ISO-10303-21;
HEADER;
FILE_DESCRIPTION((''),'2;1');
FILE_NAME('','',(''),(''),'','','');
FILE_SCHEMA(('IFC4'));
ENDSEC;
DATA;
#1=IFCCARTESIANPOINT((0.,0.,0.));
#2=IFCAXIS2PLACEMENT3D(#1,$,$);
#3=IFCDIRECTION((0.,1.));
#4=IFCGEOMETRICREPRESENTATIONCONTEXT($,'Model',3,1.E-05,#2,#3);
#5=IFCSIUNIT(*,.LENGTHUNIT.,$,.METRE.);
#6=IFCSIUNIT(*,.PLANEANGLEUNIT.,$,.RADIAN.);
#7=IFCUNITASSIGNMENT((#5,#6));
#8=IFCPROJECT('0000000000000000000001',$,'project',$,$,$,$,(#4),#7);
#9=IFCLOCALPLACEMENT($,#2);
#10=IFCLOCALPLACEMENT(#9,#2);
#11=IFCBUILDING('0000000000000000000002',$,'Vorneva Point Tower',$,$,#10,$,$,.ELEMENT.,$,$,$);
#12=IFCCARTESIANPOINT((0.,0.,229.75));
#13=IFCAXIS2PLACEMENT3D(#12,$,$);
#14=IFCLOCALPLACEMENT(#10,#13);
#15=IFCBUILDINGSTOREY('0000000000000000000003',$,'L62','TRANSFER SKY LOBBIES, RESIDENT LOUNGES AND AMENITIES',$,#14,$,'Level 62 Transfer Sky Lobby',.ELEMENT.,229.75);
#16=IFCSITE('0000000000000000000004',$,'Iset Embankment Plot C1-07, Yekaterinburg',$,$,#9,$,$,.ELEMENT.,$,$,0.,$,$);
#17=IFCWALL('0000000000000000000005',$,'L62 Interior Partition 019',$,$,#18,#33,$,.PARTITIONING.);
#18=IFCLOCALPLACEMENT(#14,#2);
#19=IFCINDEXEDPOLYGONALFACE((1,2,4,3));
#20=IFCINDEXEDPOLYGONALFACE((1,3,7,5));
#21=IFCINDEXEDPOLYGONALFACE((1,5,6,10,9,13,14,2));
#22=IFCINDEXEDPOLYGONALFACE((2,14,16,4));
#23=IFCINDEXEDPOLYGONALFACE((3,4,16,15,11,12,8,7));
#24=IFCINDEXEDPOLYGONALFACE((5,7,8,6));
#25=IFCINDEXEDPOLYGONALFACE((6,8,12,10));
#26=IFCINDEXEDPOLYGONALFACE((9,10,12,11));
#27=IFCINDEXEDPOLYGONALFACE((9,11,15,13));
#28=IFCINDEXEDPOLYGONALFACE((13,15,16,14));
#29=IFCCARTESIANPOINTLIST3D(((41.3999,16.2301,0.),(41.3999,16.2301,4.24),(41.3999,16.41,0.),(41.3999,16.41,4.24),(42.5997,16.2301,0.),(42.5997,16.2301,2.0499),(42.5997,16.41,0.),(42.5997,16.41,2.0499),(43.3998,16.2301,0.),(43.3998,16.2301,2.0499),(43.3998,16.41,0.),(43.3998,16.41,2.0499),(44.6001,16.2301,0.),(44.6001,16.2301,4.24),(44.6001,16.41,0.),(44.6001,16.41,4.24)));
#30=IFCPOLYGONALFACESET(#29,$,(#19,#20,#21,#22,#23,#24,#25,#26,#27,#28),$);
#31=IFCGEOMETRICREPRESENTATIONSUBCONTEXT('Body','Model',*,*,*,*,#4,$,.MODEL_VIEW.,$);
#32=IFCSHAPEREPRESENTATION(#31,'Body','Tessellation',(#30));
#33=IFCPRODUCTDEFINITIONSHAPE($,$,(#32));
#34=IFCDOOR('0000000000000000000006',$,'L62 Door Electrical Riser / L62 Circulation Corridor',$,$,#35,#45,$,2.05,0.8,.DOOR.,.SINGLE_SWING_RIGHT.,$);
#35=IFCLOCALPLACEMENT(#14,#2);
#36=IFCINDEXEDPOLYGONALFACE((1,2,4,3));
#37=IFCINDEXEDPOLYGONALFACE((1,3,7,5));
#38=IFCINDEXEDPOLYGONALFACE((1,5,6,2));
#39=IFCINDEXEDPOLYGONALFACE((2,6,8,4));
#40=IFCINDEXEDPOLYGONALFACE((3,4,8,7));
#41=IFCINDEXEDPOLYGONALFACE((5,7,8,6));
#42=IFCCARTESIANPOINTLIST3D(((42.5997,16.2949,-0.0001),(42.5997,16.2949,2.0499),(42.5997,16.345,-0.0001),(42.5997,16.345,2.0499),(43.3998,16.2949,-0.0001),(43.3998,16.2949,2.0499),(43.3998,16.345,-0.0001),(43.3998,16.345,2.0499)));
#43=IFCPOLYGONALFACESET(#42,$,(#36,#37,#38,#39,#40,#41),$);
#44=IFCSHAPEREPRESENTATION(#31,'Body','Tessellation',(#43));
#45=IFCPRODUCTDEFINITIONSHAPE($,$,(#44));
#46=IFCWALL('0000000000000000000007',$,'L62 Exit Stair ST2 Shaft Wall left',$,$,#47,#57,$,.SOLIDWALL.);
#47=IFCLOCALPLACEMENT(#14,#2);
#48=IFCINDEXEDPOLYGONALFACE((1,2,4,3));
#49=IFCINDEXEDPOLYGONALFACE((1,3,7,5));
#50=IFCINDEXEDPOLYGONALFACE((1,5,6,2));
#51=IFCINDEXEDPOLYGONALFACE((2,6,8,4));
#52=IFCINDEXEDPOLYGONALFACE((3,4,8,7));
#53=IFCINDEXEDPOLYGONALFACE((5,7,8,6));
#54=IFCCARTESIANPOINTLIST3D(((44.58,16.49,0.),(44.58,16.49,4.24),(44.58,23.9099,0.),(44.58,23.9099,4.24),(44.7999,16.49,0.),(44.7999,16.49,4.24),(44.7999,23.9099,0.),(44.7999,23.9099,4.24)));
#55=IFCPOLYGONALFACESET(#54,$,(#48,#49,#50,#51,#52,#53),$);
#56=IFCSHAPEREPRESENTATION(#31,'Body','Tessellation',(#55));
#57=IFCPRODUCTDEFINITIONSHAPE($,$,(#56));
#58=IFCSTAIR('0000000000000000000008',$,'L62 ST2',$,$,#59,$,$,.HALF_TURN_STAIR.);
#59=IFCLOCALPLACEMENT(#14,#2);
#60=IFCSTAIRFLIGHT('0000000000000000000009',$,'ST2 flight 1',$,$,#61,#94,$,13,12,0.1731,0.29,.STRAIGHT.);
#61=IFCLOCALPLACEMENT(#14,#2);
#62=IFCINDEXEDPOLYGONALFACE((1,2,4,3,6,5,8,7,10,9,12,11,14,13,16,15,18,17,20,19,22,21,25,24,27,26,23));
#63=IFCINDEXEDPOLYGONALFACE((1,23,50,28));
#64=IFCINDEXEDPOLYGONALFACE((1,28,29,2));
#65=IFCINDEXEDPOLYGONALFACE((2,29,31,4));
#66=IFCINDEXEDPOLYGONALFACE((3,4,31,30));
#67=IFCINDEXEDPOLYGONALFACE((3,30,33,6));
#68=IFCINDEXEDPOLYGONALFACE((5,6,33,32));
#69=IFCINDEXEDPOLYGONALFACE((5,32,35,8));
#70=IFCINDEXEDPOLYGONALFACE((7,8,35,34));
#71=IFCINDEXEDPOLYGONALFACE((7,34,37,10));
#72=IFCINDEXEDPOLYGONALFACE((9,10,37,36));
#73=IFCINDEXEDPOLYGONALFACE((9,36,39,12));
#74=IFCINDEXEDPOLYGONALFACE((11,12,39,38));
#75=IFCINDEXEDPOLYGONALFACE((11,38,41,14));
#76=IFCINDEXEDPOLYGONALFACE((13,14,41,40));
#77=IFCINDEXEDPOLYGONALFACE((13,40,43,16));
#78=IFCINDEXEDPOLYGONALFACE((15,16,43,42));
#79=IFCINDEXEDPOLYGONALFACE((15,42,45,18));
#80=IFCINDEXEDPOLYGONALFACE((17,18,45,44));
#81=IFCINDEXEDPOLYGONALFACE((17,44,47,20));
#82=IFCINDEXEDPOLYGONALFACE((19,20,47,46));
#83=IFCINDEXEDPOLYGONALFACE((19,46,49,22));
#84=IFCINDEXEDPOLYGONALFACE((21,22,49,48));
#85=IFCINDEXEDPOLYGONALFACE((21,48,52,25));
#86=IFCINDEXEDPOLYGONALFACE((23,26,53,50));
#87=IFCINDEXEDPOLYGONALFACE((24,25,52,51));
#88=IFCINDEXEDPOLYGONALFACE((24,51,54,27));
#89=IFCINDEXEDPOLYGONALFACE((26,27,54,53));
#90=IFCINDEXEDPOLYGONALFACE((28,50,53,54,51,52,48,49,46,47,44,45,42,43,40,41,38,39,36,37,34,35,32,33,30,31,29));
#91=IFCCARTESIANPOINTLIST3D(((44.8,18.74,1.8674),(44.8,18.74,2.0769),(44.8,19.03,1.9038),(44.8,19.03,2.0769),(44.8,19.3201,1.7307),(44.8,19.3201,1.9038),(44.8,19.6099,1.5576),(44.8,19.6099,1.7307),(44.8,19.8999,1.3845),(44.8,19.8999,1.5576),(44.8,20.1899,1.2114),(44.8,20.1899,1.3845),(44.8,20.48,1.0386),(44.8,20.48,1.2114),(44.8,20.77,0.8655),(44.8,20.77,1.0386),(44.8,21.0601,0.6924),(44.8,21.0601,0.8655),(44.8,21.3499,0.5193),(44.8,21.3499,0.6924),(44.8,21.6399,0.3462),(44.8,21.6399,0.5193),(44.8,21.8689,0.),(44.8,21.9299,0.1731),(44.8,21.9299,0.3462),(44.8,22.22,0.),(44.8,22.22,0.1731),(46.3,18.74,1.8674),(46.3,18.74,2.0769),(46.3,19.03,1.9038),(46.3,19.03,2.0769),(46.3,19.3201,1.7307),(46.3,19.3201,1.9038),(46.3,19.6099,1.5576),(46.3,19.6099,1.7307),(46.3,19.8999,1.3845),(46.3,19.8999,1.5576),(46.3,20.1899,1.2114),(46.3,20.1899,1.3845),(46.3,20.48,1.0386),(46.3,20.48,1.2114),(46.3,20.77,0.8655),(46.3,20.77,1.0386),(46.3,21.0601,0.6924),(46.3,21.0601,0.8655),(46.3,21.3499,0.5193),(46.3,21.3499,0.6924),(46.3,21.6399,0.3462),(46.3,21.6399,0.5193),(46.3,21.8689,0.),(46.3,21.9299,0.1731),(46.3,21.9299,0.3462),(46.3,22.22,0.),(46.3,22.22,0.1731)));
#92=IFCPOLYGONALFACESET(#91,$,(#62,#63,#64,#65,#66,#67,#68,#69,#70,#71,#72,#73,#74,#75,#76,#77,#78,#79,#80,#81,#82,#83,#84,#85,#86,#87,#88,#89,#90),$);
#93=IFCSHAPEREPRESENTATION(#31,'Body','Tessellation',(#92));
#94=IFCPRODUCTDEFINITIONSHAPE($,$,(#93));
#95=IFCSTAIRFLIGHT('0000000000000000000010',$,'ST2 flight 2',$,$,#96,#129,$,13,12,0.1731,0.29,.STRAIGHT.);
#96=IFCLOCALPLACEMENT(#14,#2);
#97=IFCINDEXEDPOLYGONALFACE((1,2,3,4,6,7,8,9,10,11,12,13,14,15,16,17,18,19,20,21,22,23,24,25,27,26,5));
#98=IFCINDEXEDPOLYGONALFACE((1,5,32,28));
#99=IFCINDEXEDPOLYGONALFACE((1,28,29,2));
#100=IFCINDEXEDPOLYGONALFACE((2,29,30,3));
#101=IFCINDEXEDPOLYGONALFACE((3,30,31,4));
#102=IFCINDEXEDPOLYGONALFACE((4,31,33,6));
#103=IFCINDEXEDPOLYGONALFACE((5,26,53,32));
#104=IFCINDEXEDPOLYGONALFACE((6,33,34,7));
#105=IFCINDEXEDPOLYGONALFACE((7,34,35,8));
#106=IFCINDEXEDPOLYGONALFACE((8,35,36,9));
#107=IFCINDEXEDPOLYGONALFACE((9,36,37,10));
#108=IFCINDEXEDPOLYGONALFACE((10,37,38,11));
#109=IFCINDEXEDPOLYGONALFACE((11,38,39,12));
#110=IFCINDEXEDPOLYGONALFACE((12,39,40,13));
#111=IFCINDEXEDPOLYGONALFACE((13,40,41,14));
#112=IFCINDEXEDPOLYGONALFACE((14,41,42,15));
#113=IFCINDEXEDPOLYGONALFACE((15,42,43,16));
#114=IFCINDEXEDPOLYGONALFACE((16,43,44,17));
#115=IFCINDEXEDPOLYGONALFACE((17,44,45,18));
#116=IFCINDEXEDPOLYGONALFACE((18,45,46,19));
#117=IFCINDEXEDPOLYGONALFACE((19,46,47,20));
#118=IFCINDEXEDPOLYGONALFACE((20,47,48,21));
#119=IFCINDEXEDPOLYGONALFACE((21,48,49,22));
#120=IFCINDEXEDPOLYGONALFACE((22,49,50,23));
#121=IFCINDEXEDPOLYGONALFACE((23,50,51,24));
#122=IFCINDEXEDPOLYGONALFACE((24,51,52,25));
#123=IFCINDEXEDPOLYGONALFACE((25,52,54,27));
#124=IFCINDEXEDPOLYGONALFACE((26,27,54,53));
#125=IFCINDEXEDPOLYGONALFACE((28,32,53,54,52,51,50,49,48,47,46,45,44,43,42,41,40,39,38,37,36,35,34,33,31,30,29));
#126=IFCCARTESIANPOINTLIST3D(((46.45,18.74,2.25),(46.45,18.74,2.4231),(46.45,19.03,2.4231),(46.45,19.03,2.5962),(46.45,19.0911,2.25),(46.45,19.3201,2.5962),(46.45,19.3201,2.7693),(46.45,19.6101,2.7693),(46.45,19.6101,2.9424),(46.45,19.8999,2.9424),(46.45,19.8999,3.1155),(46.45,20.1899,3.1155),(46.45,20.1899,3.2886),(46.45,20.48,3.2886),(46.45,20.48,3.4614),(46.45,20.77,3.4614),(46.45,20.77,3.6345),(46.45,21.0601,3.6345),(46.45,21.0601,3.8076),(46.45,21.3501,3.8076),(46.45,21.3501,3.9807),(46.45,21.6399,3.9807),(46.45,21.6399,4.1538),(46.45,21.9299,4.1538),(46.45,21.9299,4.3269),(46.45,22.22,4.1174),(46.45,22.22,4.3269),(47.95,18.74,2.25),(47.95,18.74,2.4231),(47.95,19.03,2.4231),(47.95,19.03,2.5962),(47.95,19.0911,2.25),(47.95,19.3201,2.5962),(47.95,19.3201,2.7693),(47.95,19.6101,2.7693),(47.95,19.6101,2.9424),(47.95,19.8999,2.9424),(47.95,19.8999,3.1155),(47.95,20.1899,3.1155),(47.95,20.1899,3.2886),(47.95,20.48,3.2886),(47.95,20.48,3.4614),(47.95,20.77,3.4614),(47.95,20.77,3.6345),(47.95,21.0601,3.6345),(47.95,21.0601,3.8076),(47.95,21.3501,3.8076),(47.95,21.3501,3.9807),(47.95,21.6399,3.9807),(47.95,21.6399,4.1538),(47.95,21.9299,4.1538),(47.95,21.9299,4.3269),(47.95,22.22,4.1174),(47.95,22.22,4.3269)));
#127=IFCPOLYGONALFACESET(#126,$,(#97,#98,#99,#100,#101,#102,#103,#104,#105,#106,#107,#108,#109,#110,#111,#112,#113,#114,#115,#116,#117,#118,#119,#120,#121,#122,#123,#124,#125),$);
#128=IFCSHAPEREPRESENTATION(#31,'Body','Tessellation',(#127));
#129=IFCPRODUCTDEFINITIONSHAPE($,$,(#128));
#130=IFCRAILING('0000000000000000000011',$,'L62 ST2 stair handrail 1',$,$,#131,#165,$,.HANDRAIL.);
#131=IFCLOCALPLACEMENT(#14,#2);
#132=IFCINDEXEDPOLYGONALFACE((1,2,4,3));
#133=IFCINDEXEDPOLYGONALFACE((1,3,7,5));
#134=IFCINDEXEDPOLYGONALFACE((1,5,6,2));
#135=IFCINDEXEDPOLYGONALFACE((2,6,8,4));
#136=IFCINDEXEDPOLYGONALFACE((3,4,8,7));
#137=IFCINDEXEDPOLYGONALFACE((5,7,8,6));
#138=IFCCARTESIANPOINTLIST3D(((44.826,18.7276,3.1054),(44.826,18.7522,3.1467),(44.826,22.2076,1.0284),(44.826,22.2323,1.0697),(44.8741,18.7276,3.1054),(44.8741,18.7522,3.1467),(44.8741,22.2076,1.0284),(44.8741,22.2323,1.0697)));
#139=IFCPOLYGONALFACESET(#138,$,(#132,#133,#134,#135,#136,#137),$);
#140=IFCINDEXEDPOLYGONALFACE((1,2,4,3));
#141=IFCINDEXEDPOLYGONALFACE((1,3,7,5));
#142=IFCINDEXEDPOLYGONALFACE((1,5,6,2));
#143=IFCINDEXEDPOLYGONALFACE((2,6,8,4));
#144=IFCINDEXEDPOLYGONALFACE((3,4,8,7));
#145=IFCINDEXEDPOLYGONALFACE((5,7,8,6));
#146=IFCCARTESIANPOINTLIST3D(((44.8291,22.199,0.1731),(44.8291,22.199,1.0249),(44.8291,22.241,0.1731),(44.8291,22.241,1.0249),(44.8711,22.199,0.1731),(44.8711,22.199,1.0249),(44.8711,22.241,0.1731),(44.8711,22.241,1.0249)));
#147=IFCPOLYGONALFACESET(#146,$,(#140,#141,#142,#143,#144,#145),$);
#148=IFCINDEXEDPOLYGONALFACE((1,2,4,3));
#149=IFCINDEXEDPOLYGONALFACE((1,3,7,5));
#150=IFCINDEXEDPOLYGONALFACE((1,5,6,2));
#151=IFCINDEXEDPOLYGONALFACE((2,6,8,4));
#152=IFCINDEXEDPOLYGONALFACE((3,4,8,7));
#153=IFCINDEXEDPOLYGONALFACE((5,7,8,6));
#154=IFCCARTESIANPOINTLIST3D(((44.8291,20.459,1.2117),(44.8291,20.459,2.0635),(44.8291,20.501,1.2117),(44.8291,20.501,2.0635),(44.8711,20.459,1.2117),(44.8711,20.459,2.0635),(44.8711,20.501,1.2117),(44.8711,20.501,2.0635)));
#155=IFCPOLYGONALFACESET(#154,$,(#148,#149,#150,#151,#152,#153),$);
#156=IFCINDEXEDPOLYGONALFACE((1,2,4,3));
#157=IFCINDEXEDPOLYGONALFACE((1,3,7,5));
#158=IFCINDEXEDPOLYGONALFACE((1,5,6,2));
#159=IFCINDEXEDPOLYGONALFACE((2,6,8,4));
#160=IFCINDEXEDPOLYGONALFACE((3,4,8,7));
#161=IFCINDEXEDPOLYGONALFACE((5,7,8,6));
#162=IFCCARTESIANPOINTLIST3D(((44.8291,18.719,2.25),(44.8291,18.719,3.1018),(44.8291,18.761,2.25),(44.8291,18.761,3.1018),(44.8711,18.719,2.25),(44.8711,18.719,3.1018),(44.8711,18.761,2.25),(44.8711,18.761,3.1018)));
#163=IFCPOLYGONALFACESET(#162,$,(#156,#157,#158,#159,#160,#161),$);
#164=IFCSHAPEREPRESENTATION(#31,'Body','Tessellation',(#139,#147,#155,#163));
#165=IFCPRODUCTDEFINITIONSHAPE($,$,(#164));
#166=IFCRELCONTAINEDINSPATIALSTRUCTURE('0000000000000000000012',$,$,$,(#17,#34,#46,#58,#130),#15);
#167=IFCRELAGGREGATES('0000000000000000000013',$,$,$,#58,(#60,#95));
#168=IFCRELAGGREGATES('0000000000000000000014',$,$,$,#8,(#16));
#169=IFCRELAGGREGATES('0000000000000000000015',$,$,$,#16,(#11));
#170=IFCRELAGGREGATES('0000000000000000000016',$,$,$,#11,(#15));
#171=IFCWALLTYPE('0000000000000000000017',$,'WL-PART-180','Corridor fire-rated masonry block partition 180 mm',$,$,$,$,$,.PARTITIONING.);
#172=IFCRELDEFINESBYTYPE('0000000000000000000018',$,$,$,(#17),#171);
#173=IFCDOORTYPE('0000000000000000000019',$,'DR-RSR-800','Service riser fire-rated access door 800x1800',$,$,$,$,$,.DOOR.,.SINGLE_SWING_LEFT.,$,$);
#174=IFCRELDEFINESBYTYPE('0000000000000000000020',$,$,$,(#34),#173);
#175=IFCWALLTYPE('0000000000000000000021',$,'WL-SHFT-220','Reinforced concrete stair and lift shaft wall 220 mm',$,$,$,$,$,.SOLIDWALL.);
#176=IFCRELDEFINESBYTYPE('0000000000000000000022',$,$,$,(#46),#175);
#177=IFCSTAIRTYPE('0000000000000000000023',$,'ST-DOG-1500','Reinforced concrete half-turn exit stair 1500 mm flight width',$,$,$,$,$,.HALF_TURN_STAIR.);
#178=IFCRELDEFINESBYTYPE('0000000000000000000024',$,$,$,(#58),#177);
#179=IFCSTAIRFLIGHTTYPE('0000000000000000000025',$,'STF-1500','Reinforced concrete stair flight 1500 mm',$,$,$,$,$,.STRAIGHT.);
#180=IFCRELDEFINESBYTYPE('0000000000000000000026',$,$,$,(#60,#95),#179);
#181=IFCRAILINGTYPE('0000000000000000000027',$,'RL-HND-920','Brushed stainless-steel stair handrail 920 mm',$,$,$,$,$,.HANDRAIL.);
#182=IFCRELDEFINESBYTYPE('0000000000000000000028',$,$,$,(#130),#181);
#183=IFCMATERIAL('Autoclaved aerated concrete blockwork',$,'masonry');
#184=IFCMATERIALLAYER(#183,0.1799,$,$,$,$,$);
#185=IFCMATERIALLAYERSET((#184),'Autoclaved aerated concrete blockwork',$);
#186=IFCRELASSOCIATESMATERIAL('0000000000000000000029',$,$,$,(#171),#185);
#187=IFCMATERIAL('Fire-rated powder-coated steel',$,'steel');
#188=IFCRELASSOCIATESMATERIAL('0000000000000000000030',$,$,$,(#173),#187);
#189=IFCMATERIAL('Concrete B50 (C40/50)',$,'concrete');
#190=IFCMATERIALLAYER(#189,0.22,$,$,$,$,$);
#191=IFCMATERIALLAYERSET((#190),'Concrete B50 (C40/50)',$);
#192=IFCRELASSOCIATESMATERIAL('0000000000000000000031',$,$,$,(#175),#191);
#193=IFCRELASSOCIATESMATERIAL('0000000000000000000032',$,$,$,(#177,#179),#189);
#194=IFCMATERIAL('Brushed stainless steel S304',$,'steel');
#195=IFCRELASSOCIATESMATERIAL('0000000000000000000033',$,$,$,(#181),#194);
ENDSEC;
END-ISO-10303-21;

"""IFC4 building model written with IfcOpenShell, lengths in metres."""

from ifc_helpers import new_model, si_unit, direction, frame, frame_2d, origin, origin_2d, place, context, subcontext, project, spatial, polyline, rectangle, outline, extrude, material, layer, layer_set, type_object, element, fill, aggregate, save


model = new_model("IFC4")

# Units and contexts
model_context = context("Model", 3, precision=1e-05, world=origin(), true_north=direction((0.0, 1.0)))
body_context = subcontext(model_context, "Body", "Model", "MODEL_VIEW")
ifc_project = project(units=[si_unit("LENGTHUNIT", "METRE"), si_unit("PLANEANGLEUNIT", "RADIAN")], contexts=[model_context])

# Site, building, storey
site_placement = place(None, origin())
site = spatial("IfcSite", under=ifc_project, at=site_placement, Name="Iset Embankment Plot C1-07, Yekaterinburg", CompositionType="ELEMENT", RefElevation=0.0)
building_placement = place(site_placement, origin())
building = spatial("IfcBuilding", under=site, at=building_placement, Name="Vorneva Point Tower", CompositionType="ELEMENT")
storey_placement = place(building_placement, frame((0.0, 0.0, 229.75)))
storey = spatial("IfcBuildingStorey", under=building, at=storey_placement, Name="L62", Description="TRANSFER SKY LOBBIES, RESIDENT LOUNGES AND AMENITIES", LongName="Level 62 Transfer Sky Lobby", CompositionType="ELEMENT", Elevation=229.75)

# Shared definitions
ifc_material_1 = material(Name="Concrete B50 (C40/50)", Category="concrete")

# Shared definitions
ifc_material_2 = material(Name="Autoclaved aerated concrete blockwork", Category="masonry")
ifc_layer_1 = layer(ifc_material_2, 0.1799)
ifc_layer_set_1 = layer_set([ifc_layer_1], Name="Autoclaved aerated concrete blockwork")
wall_type_1 = type_object("IfcWallType", Name="WL-PART-180", Description="Corridor fire-rated masonry block partition 180 mm", PredefinedType="PARTITIONING", material=ifc_layer_set_1)

# Wall, opening, door
ifc_material_3 = material(Name="Fire-rated powder-coated steel", Category="steel")
door_type_1 = type_object("IfcDoorType", Name="DR-RSR-800", Description="Service riser fire-rated access door 800x1800", OperationType="SINGLE_SWING_LEFT", PredefinedType="DOOR", material=ifc_material_3)
wall_1_placement = place(storey_placement, frame((41.3999, 16.3201, 0.0), z_axis=(0.0, 0.0, 1.0), x_axis=(1.0, 0.0, 0.0)))
wall_1 = element("IfcWall", 1, at=wall_1_placement, inside=storey, type_object=wall_type_1, Name="L62 Interior Partition 019", PredefinedType="PARTITIONING", context=body_context, shape_type="SweptSolid", body=[
    extrude(rectangle(XDim=3.2002, YDim=0.1799, at=frame_2d((1.6001, 0.0))), origin(), (0.0, 0.0, 1.0), 4.24),
])
opening_1_placement = place(wall_1_placement, frame((1.2, 0.0, 0.0)))
opening_1 = element("IfcOpeningElement", 2, at=opening_1_placement, cuts=wall_1, PredefinedType="OPENING", context=body_context, shape_type="SweptSolid", body=[
    extrude(rectangle(XDim=0.8, YDim=2.05, at=frame_2d((0.3999, 1.0249))), frame((0.0, 0.105, 0.0), z_axis=(0.0, -1.0, 0.0), x_axis=(1.0, 0.0, 0.0)), (0.0, 0.0, 1.0), 0.2097),
])
door_1_placement = place(opening_1_placement, origin())
door_1 = element("IfcDoor", 3, at=door_1_placement, inside=storey, type_object=door_type_1, Name="L62 Door Electrical Riser / L62 Circulation Corridor", OperationType="SINGLE_SWING_RIGHT", OverallHeight=2.05, OverallWidth=0.8, PredefinedType="DOOR", context=body_context, shape_type="SweptSolid", body=[
    extrude(rectangle(XDim=0.8, YDim=2.05, at=frame_2d((0.3999, 1.0249))), frame((0.0, 0.0249, 0.0), z_axis=(0.0, -1.0, 0.0), x_axis=(1.0, 0.0, 0.0)), (0.0, 0.0, 1.0), 0.05),
])
fill(opening_1, door_1)
ifc_layer_2 = layer(ifc_material_1, 0.22)
ifc_layer_set_2 = layer_set([ifc_layer_2], Name="Concrete B50 (C40/50)")
wall_type_2 = type_object("IfcWallType", Name="WL-SHFT-220", Description="Reinforced concrete stair and lift shaft wall 220 mm", PredefinedType="SOLIDWALL", material=ifc_layer_set_2)

# Wall
wall_2_placement = place(storey_placement, frame((44.6899, 16.49, 0.0), z_axis=(0.0, 0.0, 1.0), x_axis=(0.0, 1.0, 0.0)))
element("IfcWall", 4, at=wall_2_placement, inside=storey, type_object=wall_type_2, Name="L62 Exit Stair ST2 Shaft Wall left", PredefinedType="SOLIDWALL", context=body_context, shape_type="SweptSolid", body=[
    extrude(rectangle(XDim=7.4199, YDim=0.22, at=frame_2d((3.71, 0.0))), origin(), (0.0, 0.0, 1.0), 4.24),
])

# Stair, stair flights
stair_type = type_object("IfcStairType", Name="ST-DOG-1500", Description="Reinforced concrete half-turn exit stair 1500 mm flight width", PredefinedType="HALF_TURN_STAIR", material=ifc_material_1)
stair_placement = place(storey_placement, origin())
stair = element("IfcStair", 5, at=stair_placement, inside=storey, type_object=stair_type, Name="L62 ST2", PredefinedType="HALF_TURN_STAIR")
stair_flight_type = type_object("IfcStairFlightType", Name="STF-1500", Description="Reinforced concrete stair flight 1500 mm", PredefinedType="STRAIGHT", material=ifc_material_1)
stair_flight_1_placement = place(storey_placement, frame((45.55, 22.22, 0.0), z_axis=(0.0, 0.0, 1.0), x_axis=(0.0, -1.0, 0.0)))
stair_flight_1 = element("IfcStairFlight", 6, at=stair_flight_1_placement, type_object=stair_flight_type, Name="ST2 flight 1", NumberOfRisers=13, NumberOfTreads=12, PredefinedType="STRAIGHT", RiserHeight=0.1731, TreadLength=0.29, context=body_context, shape_type="SweptSolid", body=[
    extrude(outline(polyline([(0.0, 0.0), (0.0, 0.1731), (0.29, 0.1731), (0.29, 0.3462), (0.5801, 0.3462), (0.5801, 0.5193), (0.8701, 0.5193), (0.8701, 0.6924), (1.1599, 0.6924), (1.1599, 0.8655), (1.45, 0.8655), (1.45, 1.0386), (1.74, 1.0386), (1.74, 1.2114), (2.03, 1.2114), (2.03, 1.3845), (2.3201, 1.3845), (2.3201, 1.5576), (2.6101, 1.5576), (2.6101, 1.7307), (2.8999, 1.7307), (2.8999, 1.9038), (3.1899, 1.9038), (3.1899, 2.0769), (3.48, 2.0769), (3.48, 2.25), (3.48, 1.8674), (0.3511, 0.0), (0.0, 0.0)])), frame((0.0, 0.75, 0.0), z_axis=(0.0, -1.0, 0.0), x_axis=(1.0, 0.0, 0.0)), (0.0, 0.0, 1.0), 1.5),
])
stair_flight_2_placement = place(storey_placement, frame((47.2, 18.74, 2.25), z_axis=(0.0, 0.0, 1.0), x_axis=(0.0, 1.0, 0.0)))
stair_flight_2 = element("IfcStairFlight", 7, at=stair_flight_2_placement, type_object=stair_flight_type, Name="ST2 flight 2", NumberOfRisers=13, NumberOfTreads=12, PredefinedType="STRAIGHT", RiserHeight=0.1731, TreadLength=0.29, context=body_context, shape_type="SweptSolid", body=[
    extrude(outline(polyline([(0.0, 0.0), (0.0, 0.1731), (0.29, 0.1731), (0.29, 0.3462), (0.5801, 0.3462), (0.5801, 0.5193), (0.8701, 0.5193), (0.8701, 0.6924), (1.1599, 0.6924), (1.1599, 0.8655), (1.45, 0.8655), (1.45, 1.0386), (1.74, 1.0386), (1.74, 1.2114), (2.03, 1.2114), (2.03, 1.3845), (2.3201, 1.3845), (2.3201, 1.5576), (2.6101, 1.5576), (2.6101, 1.7307), (2.8999, 1.7307), (2.8999, 1.9038), (3.1899, 1.9038), (3.1899, 2.0769), (3.48, 2.0769), (3.48, 2.25), (3.48, 1.8674), (0.3511, 0.0), (0.0, 0.0)])), frame((0.0, 0.75, 0.0), z_axis=(0.0, -1.0, 0.0), x_axis=(1.0, 0.0, 0.0)), (0.0, 0.0, 1.0), 1.5),
])
aggregate(stair, [stair_flight_1, stair_flight_2])

# Railing
ifc_material_4 = material(Name="Brushed stainless steel S304", Category="steel")
railing_type_1 = type_object("IfcRailingType", Name="RL-HND-920", Description="Brushed stainless-steel stair handrail 920 mm", PredefinedType="HANDRAIL", material=ifc_material_4)
railing_1_placement = place(storey_placement, frame((44.8501, 22.22, 0.1731)))
element("IfcRailing", 8, at=railing_1_placement, inside=storey, type_object=railing_type_1, Name="L62 ST2 stair handrail 1", PredefinedType="HANDRAIL", context=body_context, shape_type="SweptSolid", body=[
    extrude(rectangle(XDim=0.0481, YDim=0.0481, at=origin_2d()), frame((0.0, 0.0, 0.876), z_axis=(0.0, -0.858697, 0.512483), x_axis=(1.0, 0.0, 0.0)), (0.0, 0.0, 1.0), 4.0527),
    extrude(rectangle(XDim=0.042, YDim=0.042, at=origin_2d()), origin(), (0.0, 0.0, 1.0), 0.8518),
    extrude(rectangle(XDim=0.042, YDim=0.042, at=origin_2d()), frame((0.0, -1.74, 1.0386)), (0.0, 0.0, 1.0), 0.8518),
    extrude(rectangle(XDim=0.042, YDim=0.042, at=origin_2d()), frame((0.0, -3.48, 2.0769)), (0.0, 0.0, 1.0), 0.8518),
])

save(model, "model.ifc")
